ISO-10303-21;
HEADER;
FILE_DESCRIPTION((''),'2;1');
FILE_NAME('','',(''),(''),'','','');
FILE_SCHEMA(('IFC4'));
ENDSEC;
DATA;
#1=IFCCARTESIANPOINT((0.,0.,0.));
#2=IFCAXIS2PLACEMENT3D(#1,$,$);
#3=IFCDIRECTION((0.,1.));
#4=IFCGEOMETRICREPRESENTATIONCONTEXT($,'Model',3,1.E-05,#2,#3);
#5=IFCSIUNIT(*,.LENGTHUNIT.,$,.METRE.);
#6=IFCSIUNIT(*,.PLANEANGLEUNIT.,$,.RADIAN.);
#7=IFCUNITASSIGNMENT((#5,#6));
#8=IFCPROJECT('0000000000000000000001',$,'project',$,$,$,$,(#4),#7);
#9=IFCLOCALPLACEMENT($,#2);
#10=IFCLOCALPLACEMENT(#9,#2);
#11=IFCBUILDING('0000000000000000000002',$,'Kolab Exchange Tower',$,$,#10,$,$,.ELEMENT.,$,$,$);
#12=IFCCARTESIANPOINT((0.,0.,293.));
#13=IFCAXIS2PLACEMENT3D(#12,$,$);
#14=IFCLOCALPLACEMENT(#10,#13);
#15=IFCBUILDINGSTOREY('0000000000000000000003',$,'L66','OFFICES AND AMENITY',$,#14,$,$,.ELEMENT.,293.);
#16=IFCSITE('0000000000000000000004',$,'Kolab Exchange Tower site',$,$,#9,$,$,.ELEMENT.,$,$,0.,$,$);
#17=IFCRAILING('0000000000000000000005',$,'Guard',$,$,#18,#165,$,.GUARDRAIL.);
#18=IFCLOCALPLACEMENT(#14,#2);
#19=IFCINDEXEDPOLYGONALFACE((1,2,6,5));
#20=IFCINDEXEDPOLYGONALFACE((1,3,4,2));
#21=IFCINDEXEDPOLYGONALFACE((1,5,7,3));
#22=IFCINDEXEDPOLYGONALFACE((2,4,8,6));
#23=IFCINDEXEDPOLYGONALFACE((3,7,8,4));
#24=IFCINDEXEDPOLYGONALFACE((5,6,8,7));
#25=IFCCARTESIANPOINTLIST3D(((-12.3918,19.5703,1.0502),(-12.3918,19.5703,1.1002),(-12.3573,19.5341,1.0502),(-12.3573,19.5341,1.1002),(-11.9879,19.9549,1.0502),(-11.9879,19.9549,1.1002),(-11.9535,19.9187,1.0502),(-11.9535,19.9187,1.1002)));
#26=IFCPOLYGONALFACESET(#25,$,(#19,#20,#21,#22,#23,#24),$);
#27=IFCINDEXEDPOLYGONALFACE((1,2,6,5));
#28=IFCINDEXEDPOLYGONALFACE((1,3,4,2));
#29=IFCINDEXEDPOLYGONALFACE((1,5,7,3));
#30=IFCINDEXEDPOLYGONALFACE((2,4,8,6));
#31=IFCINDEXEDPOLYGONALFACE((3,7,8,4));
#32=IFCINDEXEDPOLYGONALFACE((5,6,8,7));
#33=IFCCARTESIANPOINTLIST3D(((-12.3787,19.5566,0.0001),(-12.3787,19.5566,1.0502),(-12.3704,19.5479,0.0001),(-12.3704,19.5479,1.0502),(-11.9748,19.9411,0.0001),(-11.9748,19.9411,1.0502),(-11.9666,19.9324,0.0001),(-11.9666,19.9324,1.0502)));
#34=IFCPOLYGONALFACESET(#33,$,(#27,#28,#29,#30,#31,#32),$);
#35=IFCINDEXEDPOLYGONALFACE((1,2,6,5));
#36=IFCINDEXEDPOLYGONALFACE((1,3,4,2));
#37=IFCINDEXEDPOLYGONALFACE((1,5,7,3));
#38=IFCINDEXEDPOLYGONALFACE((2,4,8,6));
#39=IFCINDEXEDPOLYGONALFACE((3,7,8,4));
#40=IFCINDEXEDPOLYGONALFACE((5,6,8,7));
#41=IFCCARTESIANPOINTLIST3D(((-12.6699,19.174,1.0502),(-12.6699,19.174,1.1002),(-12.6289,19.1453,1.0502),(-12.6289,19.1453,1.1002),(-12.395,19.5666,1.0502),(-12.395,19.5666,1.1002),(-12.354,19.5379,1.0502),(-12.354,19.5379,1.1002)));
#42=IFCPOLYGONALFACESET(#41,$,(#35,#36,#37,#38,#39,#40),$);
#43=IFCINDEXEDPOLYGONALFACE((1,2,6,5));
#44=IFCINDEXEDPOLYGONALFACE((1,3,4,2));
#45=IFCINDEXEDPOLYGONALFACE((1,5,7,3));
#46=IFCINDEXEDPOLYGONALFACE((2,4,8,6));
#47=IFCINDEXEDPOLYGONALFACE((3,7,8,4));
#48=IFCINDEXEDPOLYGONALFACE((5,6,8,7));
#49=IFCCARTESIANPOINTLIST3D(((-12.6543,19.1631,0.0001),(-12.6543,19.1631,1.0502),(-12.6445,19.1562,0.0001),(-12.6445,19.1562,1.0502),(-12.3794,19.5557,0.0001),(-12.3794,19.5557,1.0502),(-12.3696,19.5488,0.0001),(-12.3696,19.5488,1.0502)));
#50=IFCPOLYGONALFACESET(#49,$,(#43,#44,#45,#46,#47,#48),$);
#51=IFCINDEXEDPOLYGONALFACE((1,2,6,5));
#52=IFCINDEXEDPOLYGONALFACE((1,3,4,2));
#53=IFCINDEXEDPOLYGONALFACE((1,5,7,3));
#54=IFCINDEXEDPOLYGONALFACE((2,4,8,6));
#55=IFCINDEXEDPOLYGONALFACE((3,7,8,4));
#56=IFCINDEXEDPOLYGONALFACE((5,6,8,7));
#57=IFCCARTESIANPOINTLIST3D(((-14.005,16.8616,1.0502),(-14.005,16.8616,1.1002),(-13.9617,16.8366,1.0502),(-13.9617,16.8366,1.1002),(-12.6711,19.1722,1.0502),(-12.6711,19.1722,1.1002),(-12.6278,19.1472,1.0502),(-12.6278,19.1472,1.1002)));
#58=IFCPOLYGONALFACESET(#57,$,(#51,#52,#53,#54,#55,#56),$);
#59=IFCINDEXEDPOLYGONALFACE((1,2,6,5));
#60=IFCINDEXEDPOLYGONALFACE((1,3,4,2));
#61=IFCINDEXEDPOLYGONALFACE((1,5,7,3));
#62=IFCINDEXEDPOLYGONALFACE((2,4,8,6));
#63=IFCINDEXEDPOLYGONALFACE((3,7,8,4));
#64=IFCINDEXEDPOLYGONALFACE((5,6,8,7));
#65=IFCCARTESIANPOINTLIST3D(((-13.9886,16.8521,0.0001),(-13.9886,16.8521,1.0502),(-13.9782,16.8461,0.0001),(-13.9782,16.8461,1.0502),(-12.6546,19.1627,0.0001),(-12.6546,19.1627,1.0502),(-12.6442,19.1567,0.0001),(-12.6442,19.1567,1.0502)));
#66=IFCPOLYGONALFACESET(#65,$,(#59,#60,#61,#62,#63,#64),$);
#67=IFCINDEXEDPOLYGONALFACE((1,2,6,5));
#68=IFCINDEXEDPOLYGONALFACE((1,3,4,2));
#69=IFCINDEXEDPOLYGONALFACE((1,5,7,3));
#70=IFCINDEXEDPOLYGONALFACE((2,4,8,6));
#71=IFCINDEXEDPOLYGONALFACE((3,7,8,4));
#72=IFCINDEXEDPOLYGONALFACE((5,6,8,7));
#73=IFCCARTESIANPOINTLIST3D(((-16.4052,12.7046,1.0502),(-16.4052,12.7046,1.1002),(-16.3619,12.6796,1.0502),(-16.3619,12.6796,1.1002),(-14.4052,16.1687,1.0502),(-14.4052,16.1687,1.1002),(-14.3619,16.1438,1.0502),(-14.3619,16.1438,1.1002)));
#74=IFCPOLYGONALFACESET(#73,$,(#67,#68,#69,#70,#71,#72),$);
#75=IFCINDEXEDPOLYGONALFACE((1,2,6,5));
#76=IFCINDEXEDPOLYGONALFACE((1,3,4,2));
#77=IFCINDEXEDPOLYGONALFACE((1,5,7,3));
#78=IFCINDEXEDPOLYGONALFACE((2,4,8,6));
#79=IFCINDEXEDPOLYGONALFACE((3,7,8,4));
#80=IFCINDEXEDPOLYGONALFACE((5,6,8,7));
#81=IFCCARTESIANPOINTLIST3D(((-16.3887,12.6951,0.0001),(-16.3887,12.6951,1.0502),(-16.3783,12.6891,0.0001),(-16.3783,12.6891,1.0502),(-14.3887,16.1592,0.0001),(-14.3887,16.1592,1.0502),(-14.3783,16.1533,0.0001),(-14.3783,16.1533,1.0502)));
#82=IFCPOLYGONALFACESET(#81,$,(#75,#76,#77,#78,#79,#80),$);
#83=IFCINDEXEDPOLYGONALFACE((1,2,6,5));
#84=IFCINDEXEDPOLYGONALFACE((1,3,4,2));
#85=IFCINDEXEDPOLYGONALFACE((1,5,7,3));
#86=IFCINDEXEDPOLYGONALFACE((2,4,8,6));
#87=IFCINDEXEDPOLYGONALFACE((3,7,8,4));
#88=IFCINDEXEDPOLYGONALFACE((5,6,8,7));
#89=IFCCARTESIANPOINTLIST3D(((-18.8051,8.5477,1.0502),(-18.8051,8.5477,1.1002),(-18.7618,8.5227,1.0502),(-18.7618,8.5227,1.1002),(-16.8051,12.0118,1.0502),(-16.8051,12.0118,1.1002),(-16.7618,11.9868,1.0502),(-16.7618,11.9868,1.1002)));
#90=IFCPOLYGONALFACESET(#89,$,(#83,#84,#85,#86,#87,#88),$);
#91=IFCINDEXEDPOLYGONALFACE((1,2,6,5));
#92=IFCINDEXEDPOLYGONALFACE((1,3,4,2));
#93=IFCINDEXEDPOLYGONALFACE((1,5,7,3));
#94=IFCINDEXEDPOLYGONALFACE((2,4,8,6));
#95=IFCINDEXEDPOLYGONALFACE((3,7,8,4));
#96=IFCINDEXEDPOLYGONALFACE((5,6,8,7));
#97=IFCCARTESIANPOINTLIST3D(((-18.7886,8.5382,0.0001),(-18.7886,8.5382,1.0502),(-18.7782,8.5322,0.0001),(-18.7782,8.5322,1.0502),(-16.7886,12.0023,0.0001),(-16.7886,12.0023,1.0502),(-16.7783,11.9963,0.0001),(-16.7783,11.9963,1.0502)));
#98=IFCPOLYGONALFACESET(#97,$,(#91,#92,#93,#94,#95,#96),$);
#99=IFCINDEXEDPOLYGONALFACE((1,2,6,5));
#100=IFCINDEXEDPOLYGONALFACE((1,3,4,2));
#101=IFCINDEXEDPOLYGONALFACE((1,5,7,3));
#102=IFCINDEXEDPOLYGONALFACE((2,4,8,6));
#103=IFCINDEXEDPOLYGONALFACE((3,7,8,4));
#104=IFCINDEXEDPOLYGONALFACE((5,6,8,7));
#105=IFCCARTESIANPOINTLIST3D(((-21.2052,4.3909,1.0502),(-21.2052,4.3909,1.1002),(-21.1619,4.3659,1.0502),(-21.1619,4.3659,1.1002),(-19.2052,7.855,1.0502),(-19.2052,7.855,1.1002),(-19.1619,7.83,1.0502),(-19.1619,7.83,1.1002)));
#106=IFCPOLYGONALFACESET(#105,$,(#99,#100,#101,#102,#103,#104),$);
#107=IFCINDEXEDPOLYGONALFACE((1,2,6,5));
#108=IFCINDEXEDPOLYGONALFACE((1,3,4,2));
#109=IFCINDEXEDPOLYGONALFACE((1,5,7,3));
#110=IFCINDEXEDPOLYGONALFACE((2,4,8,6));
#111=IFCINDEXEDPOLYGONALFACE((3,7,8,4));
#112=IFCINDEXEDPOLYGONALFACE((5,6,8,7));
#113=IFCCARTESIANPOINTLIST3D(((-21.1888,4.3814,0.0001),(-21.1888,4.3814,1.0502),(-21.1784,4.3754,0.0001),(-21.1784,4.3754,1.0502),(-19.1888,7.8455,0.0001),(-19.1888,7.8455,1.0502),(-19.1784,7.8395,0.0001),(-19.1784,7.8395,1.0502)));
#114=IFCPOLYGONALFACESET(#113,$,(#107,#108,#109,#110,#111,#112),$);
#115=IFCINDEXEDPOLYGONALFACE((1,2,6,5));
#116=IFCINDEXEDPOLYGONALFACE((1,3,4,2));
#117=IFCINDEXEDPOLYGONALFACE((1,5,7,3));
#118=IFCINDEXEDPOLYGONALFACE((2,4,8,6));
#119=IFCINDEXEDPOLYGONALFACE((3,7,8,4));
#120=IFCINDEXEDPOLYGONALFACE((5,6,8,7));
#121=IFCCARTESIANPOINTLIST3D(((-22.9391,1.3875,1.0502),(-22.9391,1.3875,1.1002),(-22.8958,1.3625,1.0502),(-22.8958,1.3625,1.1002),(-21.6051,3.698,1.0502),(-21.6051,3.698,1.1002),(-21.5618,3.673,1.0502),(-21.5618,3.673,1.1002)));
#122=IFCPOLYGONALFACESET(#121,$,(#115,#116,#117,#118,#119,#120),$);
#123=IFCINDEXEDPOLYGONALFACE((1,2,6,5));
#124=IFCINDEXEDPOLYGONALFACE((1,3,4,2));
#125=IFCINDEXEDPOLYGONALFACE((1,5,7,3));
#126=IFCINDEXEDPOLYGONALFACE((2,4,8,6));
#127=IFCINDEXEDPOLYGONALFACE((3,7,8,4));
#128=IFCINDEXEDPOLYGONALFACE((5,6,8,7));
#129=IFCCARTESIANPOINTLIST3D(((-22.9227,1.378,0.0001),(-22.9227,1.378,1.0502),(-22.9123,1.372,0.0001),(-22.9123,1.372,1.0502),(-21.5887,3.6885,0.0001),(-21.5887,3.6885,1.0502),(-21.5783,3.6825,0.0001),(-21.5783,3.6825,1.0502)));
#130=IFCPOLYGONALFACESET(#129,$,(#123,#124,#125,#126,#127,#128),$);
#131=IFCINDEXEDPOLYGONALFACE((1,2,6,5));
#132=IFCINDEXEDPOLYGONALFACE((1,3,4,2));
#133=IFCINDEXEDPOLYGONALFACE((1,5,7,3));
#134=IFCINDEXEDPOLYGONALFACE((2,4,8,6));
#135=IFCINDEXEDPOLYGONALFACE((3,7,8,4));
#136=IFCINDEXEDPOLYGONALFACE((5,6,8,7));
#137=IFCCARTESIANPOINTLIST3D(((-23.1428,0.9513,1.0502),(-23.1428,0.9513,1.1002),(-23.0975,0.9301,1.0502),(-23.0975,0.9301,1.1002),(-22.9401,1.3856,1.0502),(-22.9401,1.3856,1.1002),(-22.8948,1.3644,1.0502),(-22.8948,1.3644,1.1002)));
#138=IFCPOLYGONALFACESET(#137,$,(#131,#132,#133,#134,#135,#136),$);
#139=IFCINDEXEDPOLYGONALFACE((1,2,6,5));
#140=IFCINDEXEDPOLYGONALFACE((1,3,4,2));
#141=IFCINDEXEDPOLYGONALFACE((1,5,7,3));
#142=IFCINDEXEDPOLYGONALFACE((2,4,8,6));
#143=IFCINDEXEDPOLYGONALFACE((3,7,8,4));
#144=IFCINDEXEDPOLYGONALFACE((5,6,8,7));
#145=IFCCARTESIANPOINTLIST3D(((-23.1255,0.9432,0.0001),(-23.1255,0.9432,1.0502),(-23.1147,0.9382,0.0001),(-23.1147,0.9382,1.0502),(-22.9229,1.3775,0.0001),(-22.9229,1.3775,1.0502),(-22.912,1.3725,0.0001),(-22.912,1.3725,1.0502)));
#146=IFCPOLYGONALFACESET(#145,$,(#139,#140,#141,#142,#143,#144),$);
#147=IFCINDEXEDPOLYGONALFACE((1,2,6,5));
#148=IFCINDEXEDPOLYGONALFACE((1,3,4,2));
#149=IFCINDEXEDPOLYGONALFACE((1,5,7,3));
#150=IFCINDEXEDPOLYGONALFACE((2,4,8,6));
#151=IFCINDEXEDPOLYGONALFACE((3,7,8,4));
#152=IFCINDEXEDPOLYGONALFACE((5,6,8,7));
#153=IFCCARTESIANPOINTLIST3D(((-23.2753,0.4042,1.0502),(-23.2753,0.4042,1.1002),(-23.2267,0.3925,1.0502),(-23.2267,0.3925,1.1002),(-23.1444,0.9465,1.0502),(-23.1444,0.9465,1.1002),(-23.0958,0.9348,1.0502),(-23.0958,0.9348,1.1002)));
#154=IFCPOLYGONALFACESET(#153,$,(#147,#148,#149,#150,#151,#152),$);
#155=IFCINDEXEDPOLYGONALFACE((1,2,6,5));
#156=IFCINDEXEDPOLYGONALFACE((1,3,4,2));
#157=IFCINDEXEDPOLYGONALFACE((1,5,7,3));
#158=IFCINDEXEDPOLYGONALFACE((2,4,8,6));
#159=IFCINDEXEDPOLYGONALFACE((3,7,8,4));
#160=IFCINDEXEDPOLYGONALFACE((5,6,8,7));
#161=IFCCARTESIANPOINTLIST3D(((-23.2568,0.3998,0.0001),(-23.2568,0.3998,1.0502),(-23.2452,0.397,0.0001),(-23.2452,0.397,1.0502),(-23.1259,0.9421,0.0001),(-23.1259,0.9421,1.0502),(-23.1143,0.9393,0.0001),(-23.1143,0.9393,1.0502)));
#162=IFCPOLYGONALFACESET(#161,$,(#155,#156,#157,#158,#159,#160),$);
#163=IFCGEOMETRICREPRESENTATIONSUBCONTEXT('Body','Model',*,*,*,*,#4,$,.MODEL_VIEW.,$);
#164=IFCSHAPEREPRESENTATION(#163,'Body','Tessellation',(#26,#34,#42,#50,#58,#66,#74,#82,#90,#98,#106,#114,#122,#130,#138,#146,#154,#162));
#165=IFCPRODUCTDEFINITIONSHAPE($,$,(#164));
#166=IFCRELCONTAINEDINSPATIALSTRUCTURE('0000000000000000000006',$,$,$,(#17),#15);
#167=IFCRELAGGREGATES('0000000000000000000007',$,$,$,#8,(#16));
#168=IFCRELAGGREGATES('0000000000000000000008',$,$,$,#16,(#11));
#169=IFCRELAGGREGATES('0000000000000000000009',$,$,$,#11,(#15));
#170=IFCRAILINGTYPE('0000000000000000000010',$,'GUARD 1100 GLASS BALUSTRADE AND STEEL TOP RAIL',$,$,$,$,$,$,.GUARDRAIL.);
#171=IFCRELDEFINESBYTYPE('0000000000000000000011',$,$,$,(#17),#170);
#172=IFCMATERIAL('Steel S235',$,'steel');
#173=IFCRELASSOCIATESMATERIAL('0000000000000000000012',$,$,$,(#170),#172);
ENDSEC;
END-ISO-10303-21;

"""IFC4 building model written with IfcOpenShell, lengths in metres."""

from ifc_helpers import new_model, si_unit, direction, frame, frame_2d, origin, origin_2d, place, context, subcontext, project, spatial, rectangle, extrude, material, type_object, element, save


model = new_model("IFC4")

# Units and contexts
model_context = context("Model", 3, precision=1e-05, world=origin(), true_north=direction((0.0, 1.0)))
body_context = subcontext(model_context, "Body", "Model", "MODEL_VIEW")
ifc_project = project(units=[si_unit("LENGTHUNIT", "METRE"), si_unit("PLANEANGLEUNIT", "RADIAN")], contexts=[model_context])

# Site, building, storey
site_placement = place(None, origin())
site = spatial("IfcSite", under=ifc_project, at=site_placement, Name="Kolab Exchange Tower site", CompositionType="ELEMENT", RefElevation=0.0)
building_placement = place(site_placement, origin())
building = spatial("IfcBuilding", under=site, at=building_placement, Name="Kolab Exchange Tower", CompositionType="ELEMENT")
storey_placement = place(building_placement, frame((0.0, 0.0, 293.0)))
storey = spatial("IfcBuildingStorey", under=building, at=storey_placement, Name="L66", Description="OFFICES AND AMENITY", CompositionType="ELEMENT", Elevation=293.0)

# Shared definitions
ifc_material_1 = material(Name="Steel S235", Category="steel")

# Railing
railing_type = type_object("IfcRailingType", Name="GUARD 1100 GLASS BALUSTRADE AND STEEL TOP RAIL", PredefinedType="GUARDRAIL", material=ifc_material_1)
railing_placement = place(storey_placement, frame((-11.9707, 19.9368, 0.0)))
element("IfcRailing", 1, at=railing_placement, inside=storey, type_object=railing_type, Name="Guard", PredefinedType="GUARDRAIL", context=body_context, shape_type="SweptSolid", body=[
    extrude(rectangle(XDim=0.05, YDim=0.05, at=origin_2d()), frame((0.0, 0.0, 1.0752), z_axis=(-0.72419, -0.689601, 0.0), x_axis=(0.689601, -0.72419, 0.0)), (0.0, 0.0, 1.0), 0.5576),
    extrude(rectangle(XDim=0.012, YDim=1.0501, at=frame_2d((0.0, 0.5251))), frame((0.0, 0.0, 0.0), z_axis=(-0.72419, -0.689601, 0.0), x_axis=(0.689601, -0.72419, 0.0)), (0.0, 0.0, 1.0), 0.5576),
    extrude(rectangle(XDim=0.05, YDim=0.05, at=origin_2d()), frame((-0.4038, -0.3845, 1.0752), z_axis=(-0.573599, -0.819136, 0.0), x_axis=(0.819136, -0.573599, 0.0)), (0.0, 0.0, 1.0), 0.4792),
    extrude(rectangle(XDim=0.012, YDim=1.0501, at=frame_2d((0.0, 0.5251))), frame((-0.4038, -0.3845, 0.0), z_axis=(-0.573599, -0.819136, 0.0), x_axis=(0.819136, -0.573599, 0.0)), (0.0, 0.0, 1.0), 0.4792),
    extrude(rectangle(XDim=0.05, YDim=0.05, at=origin_2d()), frame((-0.6787, -0.7771, 1.0752), z_axis=(-0.499997, -0.866027, 0.0), x_axis=(0.866027, -0.499997, 0.0)), (0.0, 0.0, 1.0), 2.668),
    extrude(rectangle(XDim=0.012, YDim=1.0501, at=frame_2d((0.0, 0.5251))), frame((-0.6787, -0.7771, 0.0), z_axis=(-0.499997, -0.866027, 0.0), x_axis=(0.866027, -0.499997, 0.0)), (0.0, 0.0, 1.0), 2.668),
    extrude(rectangle(XDim=0.05, YDim=0.05, at=origin_2d()), frame((-2.4128, -3.7805, 1.0752), z_axis=(-0.499999, -0.866026, 0.0), x_axis=(0.866026, -0.499999, 0.0)), (0.0, 0.0, 1.0), 4.0),
    extrude(rectangle(XDim=0.012, YDim=1.0501, at=frame_2d((0.0, 0.5251))), frame((-2.4128, -3.7805, 0.0), z_axis=(-0.499999, -0.866026, 0.0), x_axis=(0.866026, -0.499999, 0.0)), (0.0, 0.0, 1.0), 4.0),
    extrude(rectangle(XDim=0.05, YDim=0.05, at=origin_2d()), frame((-4.8127, -7.9375, 1.0752), z_axis=(-0.499999, -0.866026, 0.0), x_axis=(0.866026, -0.499999, 0.0)), (0.0, 0.0, 1.0), 4.0),
    extrude(rectangle(XDim=0.012, YDim=1.0501, at=frame_2d((0.0, 0.5251))), frame((-4.8127, -7.9375, 0.0), z_axis=(-0.499999, -0.866026, 0.0), x_axis=(0.866026, -0.499999, 0.0)), (0.0, 0.0, 1.0), 4.0),
    extrude(rectangle(XDim=0.05, YDim=0.05, at=origin_2d()), frame((-7.2129, -12.0942, 1.0752), z_axis=(-0.499999, -0.866026, 0.0), x_axis=(0.866026, -0.499999, 0.0)), (0.0, 0.0, 1.0), 4.0),
    extrude(rectangle(XDim=0.012, YDim=1.0501, at=frame_2d((0.0, 0.5251))), frame((-7.2129, -12.0942, 0.0), z_axis=(-0.499999, -0.866026, 0.0), x_axis=(0.866026, -0.499999, 0.0)), (0.0, 0.0, 1.0), 4.0),
    extrude(rectangle(XDim=0.05, YDim=0.05, at=origin_2d()), frame((-9.6128, -16.2512, 1.0752), z_axis=(-0.499997, -0.866027, 0.0), x_axis=(0.866027, -0.499997, 0.0)), (0.0, 0.0, 1.0), 2.668),
    extrude(rectangle(XDim=0.012, YDim=1.0501, at=frame_2d((0.0, 0.5251))), frame((-9.6128, -16.2512, 0.0), z_axis=(-0.499997, -0.866027, 0.0), x_axis=(0.866027, -0.499997, 0.0)), (0.0, 0.0, 1.0), 2.668),
    extrude(rectangle(XDim=0.05, YDim=0.05, at=origin_2d()), frame((-10.9468, -18.5618, 1.0752), z_axis=(-0.422802, -0.906222, 0.0), x_axis=(0.906222, -0.422802, 0.0)), (0.0, 0.0, 1.0), 0.4792),
    extrude(rectangle(XDim=0.012, YDim=1.0501, at=frame_2d((0.0, 0.5251))), frame((-10.9468, -18.5618, 0.0), z_axis=(-0.422802, -0.906222, 0.0), x_axis=(0.906222, -0.422802, 0.0)), (0.0, 0.0, 1.0), 0.4792),
    extrude(rectangle(XDim=0.05, YDim=0.05, at=origin_2d()), frame((-11.1494, -18.9961, 1.0752), z_axis=(-0.234598, -0.972093, 0.0), x_axis=(0.972093, -0.234598, 0.0)), (0.0, 0.0, 1.0), 0.5579),
    extrude(rectangle(XDim=0.012, YDim=1.0501, at=frame_2d((0.0, 0.5251))), frame((-11.1494, -18.9961, 0.0), z_axis=(-0.234598, -0.972093, 0.0), x_axis=(0.972093, -0.234598, 0.0)), (0.0, 0.0, 1.0), 0.5579),
])

save(model, "model.ifc")
